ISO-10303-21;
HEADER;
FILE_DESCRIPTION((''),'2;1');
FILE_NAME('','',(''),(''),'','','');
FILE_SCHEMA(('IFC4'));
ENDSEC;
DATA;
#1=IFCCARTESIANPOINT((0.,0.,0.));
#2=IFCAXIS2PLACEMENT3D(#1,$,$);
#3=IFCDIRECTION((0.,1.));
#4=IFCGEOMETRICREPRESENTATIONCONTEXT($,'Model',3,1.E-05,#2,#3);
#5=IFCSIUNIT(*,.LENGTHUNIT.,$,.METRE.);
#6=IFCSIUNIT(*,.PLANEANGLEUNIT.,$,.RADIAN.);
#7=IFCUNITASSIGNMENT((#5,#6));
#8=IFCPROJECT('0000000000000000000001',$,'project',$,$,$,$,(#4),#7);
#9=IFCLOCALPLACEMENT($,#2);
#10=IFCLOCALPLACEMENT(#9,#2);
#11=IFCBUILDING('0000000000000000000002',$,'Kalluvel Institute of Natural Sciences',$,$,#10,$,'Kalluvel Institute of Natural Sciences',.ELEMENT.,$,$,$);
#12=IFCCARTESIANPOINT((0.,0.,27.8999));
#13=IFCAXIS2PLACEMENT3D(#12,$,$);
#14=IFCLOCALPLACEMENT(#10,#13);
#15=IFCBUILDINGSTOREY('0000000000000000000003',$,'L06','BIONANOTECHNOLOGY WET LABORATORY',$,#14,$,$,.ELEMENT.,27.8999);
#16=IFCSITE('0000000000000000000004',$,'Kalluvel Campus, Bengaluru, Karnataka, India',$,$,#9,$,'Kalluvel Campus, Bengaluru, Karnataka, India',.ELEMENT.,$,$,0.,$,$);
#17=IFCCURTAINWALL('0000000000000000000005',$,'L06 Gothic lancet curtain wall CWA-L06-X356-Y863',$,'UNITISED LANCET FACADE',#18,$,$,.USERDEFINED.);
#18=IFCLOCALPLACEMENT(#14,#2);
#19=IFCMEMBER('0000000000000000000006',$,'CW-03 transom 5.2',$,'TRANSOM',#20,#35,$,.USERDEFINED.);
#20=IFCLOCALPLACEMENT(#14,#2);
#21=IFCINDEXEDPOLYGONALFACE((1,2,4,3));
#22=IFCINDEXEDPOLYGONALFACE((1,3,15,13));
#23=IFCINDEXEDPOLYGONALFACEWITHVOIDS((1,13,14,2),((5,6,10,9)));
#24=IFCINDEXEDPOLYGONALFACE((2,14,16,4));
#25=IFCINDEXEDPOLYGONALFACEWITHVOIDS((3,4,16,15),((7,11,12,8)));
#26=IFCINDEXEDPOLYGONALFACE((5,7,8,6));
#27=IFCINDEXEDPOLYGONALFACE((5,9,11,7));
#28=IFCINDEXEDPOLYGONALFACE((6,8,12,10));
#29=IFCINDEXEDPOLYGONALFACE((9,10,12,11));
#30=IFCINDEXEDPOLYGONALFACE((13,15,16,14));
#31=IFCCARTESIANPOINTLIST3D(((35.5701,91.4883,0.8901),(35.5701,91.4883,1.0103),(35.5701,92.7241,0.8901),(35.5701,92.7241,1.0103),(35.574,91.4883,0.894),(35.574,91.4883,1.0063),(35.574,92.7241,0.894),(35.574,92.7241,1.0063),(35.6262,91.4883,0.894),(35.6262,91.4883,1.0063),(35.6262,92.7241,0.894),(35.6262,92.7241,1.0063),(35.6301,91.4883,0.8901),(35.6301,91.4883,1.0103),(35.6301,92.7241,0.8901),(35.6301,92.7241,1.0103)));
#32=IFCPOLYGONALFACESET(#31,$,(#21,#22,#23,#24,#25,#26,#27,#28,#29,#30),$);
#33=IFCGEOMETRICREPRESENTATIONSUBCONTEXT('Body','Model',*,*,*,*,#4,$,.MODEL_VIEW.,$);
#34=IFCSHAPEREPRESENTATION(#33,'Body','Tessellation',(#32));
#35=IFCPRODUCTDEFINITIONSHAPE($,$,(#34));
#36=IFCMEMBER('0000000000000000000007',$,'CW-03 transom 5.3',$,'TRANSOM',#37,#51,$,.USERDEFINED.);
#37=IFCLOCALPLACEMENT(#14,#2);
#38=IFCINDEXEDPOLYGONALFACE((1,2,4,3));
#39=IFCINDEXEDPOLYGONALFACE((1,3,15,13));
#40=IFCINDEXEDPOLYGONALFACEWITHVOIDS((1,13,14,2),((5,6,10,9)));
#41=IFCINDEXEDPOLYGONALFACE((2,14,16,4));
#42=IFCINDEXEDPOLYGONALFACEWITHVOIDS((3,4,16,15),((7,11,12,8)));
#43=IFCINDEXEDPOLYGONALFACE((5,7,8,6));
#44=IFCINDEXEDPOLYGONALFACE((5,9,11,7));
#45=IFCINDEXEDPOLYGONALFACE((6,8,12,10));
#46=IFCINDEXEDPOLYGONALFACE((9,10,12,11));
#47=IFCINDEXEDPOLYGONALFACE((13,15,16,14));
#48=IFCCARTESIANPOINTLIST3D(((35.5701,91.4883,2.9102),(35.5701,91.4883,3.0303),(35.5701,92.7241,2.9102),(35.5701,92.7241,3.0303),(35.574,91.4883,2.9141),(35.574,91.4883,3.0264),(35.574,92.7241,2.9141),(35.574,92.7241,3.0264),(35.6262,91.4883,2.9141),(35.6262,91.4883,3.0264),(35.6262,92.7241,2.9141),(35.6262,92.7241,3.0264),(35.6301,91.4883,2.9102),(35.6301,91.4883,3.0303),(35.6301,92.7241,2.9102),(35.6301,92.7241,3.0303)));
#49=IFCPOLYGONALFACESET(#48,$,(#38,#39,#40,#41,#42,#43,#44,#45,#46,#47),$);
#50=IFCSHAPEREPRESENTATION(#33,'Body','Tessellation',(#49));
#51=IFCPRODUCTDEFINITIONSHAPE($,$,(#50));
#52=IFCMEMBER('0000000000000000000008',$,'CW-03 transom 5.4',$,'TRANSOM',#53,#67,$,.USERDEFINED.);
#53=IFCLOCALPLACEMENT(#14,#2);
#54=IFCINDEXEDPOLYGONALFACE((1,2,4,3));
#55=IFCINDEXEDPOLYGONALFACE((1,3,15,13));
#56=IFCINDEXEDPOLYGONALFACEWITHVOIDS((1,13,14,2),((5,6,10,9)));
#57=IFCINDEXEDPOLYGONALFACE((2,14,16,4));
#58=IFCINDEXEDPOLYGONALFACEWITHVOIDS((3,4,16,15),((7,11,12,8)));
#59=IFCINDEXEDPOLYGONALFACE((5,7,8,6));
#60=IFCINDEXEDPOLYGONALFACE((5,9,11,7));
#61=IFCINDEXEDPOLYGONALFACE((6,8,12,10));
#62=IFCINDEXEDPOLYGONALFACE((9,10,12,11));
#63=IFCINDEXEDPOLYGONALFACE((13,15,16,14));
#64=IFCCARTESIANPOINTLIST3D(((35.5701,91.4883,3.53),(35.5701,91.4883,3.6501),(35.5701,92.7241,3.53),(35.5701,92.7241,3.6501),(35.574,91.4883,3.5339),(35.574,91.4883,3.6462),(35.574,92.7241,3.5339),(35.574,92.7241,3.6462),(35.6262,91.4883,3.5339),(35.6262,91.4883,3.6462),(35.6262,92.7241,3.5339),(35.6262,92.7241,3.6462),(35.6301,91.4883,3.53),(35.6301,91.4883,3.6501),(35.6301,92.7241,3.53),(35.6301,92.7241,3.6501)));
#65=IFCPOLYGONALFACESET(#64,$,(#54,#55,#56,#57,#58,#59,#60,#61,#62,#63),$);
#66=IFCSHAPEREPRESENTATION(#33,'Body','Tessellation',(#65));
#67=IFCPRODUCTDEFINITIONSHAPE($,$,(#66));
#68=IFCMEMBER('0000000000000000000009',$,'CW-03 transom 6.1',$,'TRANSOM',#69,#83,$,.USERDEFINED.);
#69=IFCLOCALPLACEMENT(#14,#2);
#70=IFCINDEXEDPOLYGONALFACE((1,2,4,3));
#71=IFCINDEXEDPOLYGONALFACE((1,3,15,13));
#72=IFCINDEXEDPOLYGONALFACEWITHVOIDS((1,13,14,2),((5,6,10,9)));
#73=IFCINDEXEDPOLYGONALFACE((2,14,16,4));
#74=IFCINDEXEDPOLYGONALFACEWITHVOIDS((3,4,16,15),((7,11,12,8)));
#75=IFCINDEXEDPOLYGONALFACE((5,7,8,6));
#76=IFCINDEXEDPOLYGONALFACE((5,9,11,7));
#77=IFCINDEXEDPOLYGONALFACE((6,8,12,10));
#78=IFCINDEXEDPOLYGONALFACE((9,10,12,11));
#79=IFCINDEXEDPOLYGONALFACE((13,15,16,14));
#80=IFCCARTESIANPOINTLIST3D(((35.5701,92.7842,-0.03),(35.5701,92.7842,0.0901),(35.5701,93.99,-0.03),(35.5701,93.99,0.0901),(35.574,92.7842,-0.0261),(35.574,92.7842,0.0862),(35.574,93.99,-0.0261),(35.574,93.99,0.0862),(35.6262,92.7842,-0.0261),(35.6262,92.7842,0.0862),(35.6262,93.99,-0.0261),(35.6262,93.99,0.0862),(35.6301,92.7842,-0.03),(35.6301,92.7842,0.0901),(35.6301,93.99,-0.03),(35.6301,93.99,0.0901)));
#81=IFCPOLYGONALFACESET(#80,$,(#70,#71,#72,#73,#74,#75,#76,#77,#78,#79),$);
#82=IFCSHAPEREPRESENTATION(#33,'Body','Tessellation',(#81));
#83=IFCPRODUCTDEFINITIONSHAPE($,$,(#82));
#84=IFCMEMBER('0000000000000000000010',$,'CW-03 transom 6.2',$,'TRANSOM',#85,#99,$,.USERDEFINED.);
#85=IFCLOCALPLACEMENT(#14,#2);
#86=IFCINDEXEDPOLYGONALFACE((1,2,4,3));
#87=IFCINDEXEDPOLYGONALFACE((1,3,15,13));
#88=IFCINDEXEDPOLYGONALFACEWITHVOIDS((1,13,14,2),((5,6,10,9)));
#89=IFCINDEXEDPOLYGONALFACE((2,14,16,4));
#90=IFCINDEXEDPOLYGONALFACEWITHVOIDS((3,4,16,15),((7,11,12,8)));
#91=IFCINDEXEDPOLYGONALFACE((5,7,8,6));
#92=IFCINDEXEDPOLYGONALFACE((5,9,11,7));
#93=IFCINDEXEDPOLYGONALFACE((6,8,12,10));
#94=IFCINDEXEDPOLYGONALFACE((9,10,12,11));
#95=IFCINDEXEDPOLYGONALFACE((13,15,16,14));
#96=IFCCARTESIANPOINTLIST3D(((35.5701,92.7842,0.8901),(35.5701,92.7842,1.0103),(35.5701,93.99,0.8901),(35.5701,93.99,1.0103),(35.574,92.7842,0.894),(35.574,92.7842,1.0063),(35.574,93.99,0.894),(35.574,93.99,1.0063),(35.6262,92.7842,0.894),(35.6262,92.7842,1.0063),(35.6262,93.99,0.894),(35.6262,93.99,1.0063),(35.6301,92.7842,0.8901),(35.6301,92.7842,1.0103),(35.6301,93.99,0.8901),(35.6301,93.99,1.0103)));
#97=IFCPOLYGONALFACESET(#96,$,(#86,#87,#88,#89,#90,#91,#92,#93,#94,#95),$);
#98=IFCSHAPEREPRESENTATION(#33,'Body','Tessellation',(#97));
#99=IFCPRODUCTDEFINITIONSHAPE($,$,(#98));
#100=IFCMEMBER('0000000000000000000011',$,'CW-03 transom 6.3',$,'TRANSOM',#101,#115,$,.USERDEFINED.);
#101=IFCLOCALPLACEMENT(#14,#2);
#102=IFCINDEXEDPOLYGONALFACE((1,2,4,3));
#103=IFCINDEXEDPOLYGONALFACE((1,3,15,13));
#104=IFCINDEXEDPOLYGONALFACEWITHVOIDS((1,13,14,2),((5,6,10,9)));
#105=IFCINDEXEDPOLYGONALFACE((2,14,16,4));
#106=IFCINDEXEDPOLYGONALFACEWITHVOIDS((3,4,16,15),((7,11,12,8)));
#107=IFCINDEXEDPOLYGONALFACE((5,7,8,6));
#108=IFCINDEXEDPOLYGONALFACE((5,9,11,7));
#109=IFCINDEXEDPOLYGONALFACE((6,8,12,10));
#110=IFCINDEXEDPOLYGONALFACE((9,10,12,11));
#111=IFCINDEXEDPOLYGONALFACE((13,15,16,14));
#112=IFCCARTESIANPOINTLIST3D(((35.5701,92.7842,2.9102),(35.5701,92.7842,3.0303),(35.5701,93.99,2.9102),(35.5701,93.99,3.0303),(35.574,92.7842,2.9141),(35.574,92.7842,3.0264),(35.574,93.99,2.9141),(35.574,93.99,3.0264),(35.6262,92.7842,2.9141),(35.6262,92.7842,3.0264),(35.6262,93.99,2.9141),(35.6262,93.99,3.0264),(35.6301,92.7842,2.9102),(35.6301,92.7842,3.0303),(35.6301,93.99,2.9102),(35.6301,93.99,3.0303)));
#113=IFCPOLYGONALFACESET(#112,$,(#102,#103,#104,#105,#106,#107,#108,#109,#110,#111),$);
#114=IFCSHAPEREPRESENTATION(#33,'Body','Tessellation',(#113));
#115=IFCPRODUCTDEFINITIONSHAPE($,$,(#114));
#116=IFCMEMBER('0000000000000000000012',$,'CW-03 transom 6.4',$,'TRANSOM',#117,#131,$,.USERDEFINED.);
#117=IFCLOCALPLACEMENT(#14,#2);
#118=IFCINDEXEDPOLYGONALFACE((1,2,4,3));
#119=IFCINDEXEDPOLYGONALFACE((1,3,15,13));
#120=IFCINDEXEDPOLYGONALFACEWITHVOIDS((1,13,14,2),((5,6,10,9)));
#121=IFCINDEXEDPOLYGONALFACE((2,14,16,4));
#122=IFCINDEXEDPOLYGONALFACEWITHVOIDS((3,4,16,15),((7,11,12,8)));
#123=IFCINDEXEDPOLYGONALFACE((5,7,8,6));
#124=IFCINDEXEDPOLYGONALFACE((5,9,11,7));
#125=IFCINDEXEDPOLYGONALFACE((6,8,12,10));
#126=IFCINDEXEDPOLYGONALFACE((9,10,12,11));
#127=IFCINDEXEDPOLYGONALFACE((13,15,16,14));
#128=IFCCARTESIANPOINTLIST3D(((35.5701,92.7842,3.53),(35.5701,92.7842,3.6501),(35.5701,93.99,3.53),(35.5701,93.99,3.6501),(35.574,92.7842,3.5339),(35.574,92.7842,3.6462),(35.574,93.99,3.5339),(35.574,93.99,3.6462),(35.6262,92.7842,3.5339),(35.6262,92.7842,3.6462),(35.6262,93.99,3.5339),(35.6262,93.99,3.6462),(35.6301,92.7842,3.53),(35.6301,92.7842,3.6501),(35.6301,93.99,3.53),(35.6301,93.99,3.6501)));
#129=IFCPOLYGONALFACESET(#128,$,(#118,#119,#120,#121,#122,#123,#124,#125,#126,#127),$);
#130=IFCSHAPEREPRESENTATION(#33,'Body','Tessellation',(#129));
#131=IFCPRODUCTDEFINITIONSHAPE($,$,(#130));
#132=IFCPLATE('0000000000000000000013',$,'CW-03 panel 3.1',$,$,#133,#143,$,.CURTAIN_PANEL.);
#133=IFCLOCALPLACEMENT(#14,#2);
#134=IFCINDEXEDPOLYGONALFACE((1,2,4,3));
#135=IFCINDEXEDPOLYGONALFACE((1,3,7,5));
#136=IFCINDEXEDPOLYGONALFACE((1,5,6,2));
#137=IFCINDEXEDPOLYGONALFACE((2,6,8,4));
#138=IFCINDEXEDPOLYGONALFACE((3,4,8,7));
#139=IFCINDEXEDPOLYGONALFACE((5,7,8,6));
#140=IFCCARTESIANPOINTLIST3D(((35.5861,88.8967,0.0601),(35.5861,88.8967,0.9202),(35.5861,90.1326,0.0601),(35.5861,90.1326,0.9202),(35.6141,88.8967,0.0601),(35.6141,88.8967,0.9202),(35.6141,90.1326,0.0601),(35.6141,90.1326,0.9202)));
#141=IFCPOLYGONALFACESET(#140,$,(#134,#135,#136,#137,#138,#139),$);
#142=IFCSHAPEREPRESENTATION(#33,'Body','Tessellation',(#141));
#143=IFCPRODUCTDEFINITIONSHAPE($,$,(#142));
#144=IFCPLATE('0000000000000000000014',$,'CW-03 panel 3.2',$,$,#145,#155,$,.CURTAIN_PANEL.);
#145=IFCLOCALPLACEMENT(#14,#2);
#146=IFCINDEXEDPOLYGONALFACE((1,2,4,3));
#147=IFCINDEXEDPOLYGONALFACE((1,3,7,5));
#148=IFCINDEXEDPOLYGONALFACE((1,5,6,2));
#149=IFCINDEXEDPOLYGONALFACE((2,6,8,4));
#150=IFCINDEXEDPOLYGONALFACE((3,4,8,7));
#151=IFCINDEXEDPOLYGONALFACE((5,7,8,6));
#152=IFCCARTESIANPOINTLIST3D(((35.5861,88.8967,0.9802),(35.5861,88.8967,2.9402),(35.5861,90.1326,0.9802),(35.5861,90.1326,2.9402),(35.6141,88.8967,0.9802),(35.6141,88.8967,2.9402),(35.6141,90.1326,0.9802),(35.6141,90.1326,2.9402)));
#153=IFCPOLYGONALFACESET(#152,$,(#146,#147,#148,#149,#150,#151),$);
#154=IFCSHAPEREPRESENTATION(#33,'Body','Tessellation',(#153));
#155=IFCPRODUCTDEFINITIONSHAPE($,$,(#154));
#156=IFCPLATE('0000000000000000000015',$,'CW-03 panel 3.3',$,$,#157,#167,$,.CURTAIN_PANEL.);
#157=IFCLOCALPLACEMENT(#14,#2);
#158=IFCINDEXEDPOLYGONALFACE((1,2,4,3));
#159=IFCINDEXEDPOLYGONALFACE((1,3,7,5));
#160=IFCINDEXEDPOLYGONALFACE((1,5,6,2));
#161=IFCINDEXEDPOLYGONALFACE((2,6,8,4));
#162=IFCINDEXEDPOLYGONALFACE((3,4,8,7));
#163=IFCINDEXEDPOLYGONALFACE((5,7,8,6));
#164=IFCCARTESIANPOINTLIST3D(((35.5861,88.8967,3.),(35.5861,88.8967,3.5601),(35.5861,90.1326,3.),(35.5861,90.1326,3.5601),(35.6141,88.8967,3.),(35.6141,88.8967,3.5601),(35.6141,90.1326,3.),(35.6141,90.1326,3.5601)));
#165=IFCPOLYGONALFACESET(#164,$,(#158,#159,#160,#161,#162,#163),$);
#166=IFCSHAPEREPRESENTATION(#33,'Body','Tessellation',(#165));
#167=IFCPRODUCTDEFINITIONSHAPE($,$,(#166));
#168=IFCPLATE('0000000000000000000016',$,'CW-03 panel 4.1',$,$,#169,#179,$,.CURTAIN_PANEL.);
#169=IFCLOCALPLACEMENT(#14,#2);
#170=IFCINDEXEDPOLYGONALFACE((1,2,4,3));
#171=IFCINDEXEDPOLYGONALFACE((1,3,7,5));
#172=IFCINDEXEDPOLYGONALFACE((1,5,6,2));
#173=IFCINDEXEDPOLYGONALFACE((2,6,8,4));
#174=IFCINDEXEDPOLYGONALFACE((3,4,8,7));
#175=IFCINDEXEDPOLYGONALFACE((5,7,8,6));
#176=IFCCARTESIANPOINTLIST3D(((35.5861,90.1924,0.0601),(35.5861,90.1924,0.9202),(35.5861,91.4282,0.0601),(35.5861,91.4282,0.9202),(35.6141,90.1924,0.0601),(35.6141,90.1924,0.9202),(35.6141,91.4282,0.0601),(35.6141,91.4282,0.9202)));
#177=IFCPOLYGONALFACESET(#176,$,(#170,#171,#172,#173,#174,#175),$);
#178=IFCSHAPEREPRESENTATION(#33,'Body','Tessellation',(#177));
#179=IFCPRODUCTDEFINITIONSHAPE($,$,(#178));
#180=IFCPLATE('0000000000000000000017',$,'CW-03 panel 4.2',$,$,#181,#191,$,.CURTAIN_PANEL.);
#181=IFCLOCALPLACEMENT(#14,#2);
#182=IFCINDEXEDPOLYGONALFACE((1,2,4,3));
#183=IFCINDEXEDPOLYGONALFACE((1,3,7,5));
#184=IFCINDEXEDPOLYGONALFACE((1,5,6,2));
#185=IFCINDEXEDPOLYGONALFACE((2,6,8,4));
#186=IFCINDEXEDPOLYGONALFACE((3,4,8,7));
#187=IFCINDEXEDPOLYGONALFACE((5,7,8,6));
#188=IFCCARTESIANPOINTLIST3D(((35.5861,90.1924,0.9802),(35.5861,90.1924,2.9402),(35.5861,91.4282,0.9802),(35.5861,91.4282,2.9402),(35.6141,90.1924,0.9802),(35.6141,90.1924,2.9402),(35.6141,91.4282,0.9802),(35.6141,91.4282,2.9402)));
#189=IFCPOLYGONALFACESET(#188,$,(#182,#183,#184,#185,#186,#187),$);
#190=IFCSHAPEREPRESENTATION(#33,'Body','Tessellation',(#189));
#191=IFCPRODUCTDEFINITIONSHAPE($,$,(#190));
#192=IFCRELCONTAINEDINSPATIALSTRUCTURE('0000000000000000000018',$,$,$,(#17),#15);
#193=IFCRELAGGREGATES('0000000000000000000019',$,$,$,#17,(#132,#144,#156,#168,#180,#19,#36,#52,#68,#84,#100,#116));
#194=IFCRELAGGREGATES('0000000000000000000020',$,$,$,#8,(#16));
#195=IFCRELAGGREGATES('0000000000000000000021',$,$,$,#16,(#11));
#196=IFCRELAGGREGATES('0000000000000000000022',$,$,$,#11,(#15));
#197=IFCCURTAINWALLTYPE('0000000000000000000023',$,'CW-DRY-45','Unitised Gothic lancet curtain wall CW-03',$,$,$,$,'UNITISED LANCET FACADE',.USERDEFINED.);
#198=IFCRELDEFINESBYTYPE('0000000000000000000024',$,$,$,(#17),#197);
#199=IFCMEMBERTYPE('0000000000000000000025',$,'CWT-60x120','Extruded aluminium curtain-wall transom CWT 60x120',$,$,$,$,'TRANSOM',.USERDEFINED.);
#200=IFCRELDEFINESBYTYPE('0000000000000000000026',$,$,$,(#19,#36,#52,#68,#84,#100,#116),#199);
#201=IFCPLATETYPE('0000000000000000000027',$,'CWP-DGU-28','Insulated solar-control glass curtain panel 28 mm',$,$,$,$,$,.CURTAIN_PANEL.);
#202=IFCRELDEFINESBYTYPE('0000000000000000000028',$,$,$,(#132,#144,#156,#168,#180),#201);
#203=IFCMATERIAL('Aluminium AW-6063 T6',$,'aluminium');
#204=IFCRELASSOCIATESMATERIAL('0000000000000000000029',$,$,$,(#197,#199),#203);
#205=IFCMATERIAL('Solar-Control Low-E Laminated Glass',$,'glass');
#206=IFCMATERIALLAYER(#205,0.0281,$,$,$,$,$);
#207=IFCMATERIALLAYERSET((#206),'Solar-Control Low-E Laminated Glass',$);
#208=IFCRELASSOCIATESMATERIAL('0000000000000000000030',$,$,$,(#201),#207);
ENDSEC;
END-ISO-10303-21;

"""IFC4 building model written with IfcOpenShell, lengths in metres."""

from ifc_helpers import new_model, si_unit, direction, frame, origin, origin_2d, place, context, subcontext, project, spatial, rectangle, hollow_rectangle, extrude, material, layer, layer_set, material_profile, profile_set, type_object, element, aggregate, save


model = new_model("IFC4")

# Units and contexts
model_context = context("Model", 3, precision=1e-05, world=origin(), true_north=direction((0.0, 1.0)))
body_context = subcontext(model_context, "Body", "Model", "MODEL_VIEW")
ifc_project = project(units=[si_unit("LENGTHUNIT", "METRE"), si_unit("PLANEANGLEUNIT", "RADIAN")], contexts=[model_context])

# Site, building, storey
site_placement = place(None, origin())
site = spatial("IfcSite", under=ifc_project, at=site_placement, Name="Kalluvel Campus, Bengaluru, Karnataka, India", LongName="Kalluvel Campus, Bengaluru, Karnataka, India", CompositionType="ELEMENT", RefElevation=0.0)
building_placement = place(site_placement, origin())
building = spatial("IfcBuilding", under=site, at=building_placement, Name="Kalluvel Institute of Natural Sciences", LongName="Kalluvel Institute of Natural Sciences", CompositionType="ELEMENT")
storey_placement = place(building_placement, frame((0.0, 0.0, 27.8999)))
storey = spatial("IfcBuildingStorey", under=building, at=storey_placement, Name="L06", Description="BIONANOTECHNOLOGY WET LABORATORY", CompositionType="ELEMENT", Elevation=27.8999)

# Curtain wall, members, plates
ifc_material_1 = material(Name="Aluminium AW-6063 T6", Category="aluminium")
curtain_wall_type = type_object("IfcCurtainWallType", Name="CW-DRY-45", Description="Unitised Gothic lancet curtain wall CW-03", ElementType="UNITISED LANCET FACADE", PredefinedType="USERDEFINED", material=ifc_material_1)
curtain_wall_placement = place(storey_placement, origin())
curtain_wall = element("IfcCurtainWall", 1, at=curtain_wall_placement, inside=storey, type_object=curtain_wall_type, Name="L06 Gothic lancet curtain wall CWA-L06-X356-Y863", ObjectType="UNITISED LANCET FACADE", PredefinedType="USERDEFINED")
ifc_material_profile_1 = material_profile(ifc_material_1, hollow_rectangle(XDim=0.0601, YDim=0.1201, WallThickness=0.0039, at=origin_2d()), Name="CWT 60x120")
ifc_profile_set_1 = profile_set([ifc_material_profile_1], Name="Aluminium AW-6063 T6")
member_type_1 = type_object("IfcMemberType", Name="CWT-60x120", Description="Extruded aluminium curtain-wall transom CWT 60x120", ElementType="TRANSOM", PredefinedType="USERDEFINED", material=ifc_profile_set_1)
member_1_placement = place(storey_placement, frame((35.6001, 91.4883, 0.9502), z_axis=(0.0, 1.0, 0.0), x_axis=(-1.0, 0.0, 0.0)))
member_1 = element("IfcMember", 2, at=member_1_placement, type_object=member_type_1, Name="CW-03 transom 5.2", ObjectType="TRANSOM", PredefinedType="USERDEFINED", context=body_context, shape_type="SweptSolid", body=[
    extrude(hollow_rectangle(XDim=0.0601, YDim=0.1201, WallThickness=0.0039, at=origin_2d()), origin(), (0.0, 0.0, 1.0), 1.2358),
])
member_2_placement = place(storey_placement, frame((35.6001, 91.4883, 2.9702), z_axis=(0.0, 1.0, 0.0), x_axis=(-1.0, 0.0, 0.0)))
member_2 = element("IfcMember", 3, at=member_2_placement, type_object=member_type_1, Name="CW-03 transom 5.3", ObjectType="TRANSOM", PredefinedType="USERDEFINED", context=body_context, shape_type="SweptSolid", body=[
    extrude(hollow_rectangle(XDim=0.0601, YDim=0.1201, WallThickness=0.0039, at=origin_2d()), origin(), (0.0, 0.0, 1.0), 1.2358),
])
member_3_placement = place(storey_placement, frame((35.6001, 91.4883, 3.5901), z_axis=(0.0, 1.0, 0.0), x_axis=(-1.0, 0.0, 0.0)))
member_3 = element("IfcMember", 4, at=member_3_placement, type_object=member_type_1, Name="CW-03 transom 5.4", ObjectType="TRANSOM", PredefinedType="USERDEFINED", context=body_context, shape_type="SweptSolid", body=[
    extrude(hollow_rectangle(XDim=0.0601, YDim=0.1201, WallThickness=0.0039, at=origin_2d()), origin(), (0.0, 0.0, 1.0), 1.2358),
])
member_4_placement = place(storey_placement, frame((35.6001, 92.7842, 0.03), z_axis=(0.0, 1.0, 0.0), x_axis=(-1.0, 0.0, 0.0)))
member_4 = element("IfcMember", 5, at=member_4_placement, type_object=member_type_1, Name="CW-03 transom 6.1", ObjectType="TRANSOM", PredefinedType="USERDEFINED", context=body_context, shape_type="SweptSolid", body=[
    extrude(hollow_rectangle(XDim=0.0601, YDim=0.1201, WallThickness=0.0039, at=origin_2d()), origin(), (0.0, 0.0, 1.0), 1.2058),
])
member_5_placement = place(storey_placement, frame((35.6001, 92.7842, 0.9502), z_axis=(0.0, 1.0, 0.0), x_axis=(-1.0, 0.0, 0.0)))
member_5 = element("IfcMember", 6, at=member_5_placement, type_object=member_type_1, Name="CW-03 transom 6.2", ObjectType="TRANSOM", PredefinedType="USERDEFINED", context=body_context, shape_type="SweptSolid", body=[
    extrude(hollow_rectangle(XDim=0.0601, YDim=0.1201, WallThickness=0.0039, at=origin_2d()), origin(), (0.0, 0.0, 1.0), 1.2058),
])
member_6_placement = place(storey_placement, frame((35.6001, 92.7842, 2.9702), z_axis=(0.0, 1.0, 0.0), x_axis=(-1.0, 0.0, 0.0)))
member_6 = element("IfcMember", 7, at=member_6_placement, type_object=member_type_1, Name="CW-03 transom 6.3", ObjectType="TRANSOM", PredefinedType="USERDEFINED", context=body_context, shape_type="SweptSolid", body=[
    extrude(hollow_rectangle(XDim=0.0601, YDim=0.1201, WallThickness=0.0039, at=origin_2d()), origin(), (0.0, 0.0, 1.0), 1.2058),
])
member_7_placement = place(storey_placement, frame((35.6001, 92.7842, 3.5901), z_axis=(0.0, 1.0, 0.0), x_axis=(-1.0, 0.0, 0.0)))
member_7 = element("IfcMember", 8, at=member_7_placement, type_object=member_type_1, Name="CW-03 transom 6.4", ObjectType="TRANSOM", PredefinedType="USERDEFINED", context=body_context, shape_type="SweptSolid", body=[
    extrude(hollow_rectangle(XDim=0.0601, YDim=0.1201, WallThickness=0.0039, at=origin_2d()), origin(), (0.0, 0.0, 1.0), 1.2058),
])
ifc_material_2 = material(Name="Solar-Control Low-E Laminated Glass", Category="glass")
ifc_layer = layer(ifc_material_2, 0.0281)
ifc_layer_set = layer_set([ifc_layer], Name="Solar-Control Low-E Laminated Glass")
plate_type = type_object("IfcPlateType", Name="CWP-DGU-28", Description="Insulated solar-control glass curtain panel 28 mm", PredefinedType="CURTAIN_PANEL", material=ifc_layer_set)
plate_1_placement = place(storey_placement, frame((35.6001, 89.5146, 0.0601), z_axis=(0.0, 0.0, 1.0), x_axis=(0.0, 1.0, 0.0)))
plate_1 = element("IfcPlate", 9, at=plate_1_placement, type_object=plate_type, Name="CW-03 panel 3.1", PredefinedType="CURTAIN_PANEL", context=body_context, shape_type="SweptSolid", body=[
    extrude(rectangle(XDim=1.2358, YDim=0.0281, at=origin_2d()), origin(), (0.0, 0.0, 1.0), 0.8601),
])
plate_2_placement = place(storey_placement, frame((35.6001, 89.5146, 0.9802), z_axis=(0.0, 0.0, 1.0), x_axis=(0.0, 1.0, 0.0)))
plate_2 = element("IfcPlate", 10, at=plate_2_placement, type_object=plate_type, Name="CW-03 panel 3.2", PredefinedType="CURTAIN_PANEL", context=body_context, shape_type="SweptSolid", body=[
    extrude(rectangle(XDim=1.2358, YDim=0.0281, at=origin_2d()), origin(), (0.0, 0.0, 1.0), 1.96),
])
plate_3_placement = place(storey_placement, frame((35.6001, 89.5146, 3.0), z_axis=(0.0, 0.0, 1.0), x_axis=(0.0, 1.0, 0.0)))
plate_3 = element("IfcPlate", 11, at=plate_3_placement, type_object=plate_type, Name="CW-03 panel 3.3", PredefinedType="CURTAIN_PANEL", context=body_context, shape_type="SweptSolid", body=[
    extrude(rectangle(XDim=1.2358, YDim=0.0281, at=origin_2d()), origin(), (0.0, 0.0, 1.0), 0.5601),
])
plate_4_placement = place(storey_placement, frame((35.6001, 90.8103, 0.0601), z_axis=(0.0, 0.0, 1.0), x_axis=(0.0, 1.0, 0.0)))
plate_4 = element("IfcPlate", 12, at=plate_4_placement, type_object=plate_type, Name="CW-03 panel 4.1", PredefinedType="CURTAIN_PANEL", context=body_context, shape_type="SweptSolid", body=[
    extrude(rectangle(XDim=1.2358, YDim=0.0281, at=origin_2d()), origin(), (0.0, 0.0, 1.0), 0.8601),
])
plate_5_placement = place(storey_placement, frame((35.6001, 90.8103, 0.9802), z_axis=(0.0, 0.0, 1.0), x_axis=(0.0, 1.0, 0.0)))
plate_5 = element("IfcPlate", 13, at=plate_5_placement, type_object=plate_type, Name="CW-03 panel 4.2", PredefinedType="CURTAIN_PANEL", context=body_context, shape_type="SweptSolid", body=[
    extrude(rectangle(XDim=1.2358, YDim=0.0281, at=origin_2d()), origin(), (0.0, 0.0, 1.0), 1.96),
])
aggregate(curtain_wall, [plate_1, plate_2, plate_3, plate_4, plate_5, member_1, member_2, member_3, member_4, member_5, member_6, member_7])

save(model, "model.ifc")
